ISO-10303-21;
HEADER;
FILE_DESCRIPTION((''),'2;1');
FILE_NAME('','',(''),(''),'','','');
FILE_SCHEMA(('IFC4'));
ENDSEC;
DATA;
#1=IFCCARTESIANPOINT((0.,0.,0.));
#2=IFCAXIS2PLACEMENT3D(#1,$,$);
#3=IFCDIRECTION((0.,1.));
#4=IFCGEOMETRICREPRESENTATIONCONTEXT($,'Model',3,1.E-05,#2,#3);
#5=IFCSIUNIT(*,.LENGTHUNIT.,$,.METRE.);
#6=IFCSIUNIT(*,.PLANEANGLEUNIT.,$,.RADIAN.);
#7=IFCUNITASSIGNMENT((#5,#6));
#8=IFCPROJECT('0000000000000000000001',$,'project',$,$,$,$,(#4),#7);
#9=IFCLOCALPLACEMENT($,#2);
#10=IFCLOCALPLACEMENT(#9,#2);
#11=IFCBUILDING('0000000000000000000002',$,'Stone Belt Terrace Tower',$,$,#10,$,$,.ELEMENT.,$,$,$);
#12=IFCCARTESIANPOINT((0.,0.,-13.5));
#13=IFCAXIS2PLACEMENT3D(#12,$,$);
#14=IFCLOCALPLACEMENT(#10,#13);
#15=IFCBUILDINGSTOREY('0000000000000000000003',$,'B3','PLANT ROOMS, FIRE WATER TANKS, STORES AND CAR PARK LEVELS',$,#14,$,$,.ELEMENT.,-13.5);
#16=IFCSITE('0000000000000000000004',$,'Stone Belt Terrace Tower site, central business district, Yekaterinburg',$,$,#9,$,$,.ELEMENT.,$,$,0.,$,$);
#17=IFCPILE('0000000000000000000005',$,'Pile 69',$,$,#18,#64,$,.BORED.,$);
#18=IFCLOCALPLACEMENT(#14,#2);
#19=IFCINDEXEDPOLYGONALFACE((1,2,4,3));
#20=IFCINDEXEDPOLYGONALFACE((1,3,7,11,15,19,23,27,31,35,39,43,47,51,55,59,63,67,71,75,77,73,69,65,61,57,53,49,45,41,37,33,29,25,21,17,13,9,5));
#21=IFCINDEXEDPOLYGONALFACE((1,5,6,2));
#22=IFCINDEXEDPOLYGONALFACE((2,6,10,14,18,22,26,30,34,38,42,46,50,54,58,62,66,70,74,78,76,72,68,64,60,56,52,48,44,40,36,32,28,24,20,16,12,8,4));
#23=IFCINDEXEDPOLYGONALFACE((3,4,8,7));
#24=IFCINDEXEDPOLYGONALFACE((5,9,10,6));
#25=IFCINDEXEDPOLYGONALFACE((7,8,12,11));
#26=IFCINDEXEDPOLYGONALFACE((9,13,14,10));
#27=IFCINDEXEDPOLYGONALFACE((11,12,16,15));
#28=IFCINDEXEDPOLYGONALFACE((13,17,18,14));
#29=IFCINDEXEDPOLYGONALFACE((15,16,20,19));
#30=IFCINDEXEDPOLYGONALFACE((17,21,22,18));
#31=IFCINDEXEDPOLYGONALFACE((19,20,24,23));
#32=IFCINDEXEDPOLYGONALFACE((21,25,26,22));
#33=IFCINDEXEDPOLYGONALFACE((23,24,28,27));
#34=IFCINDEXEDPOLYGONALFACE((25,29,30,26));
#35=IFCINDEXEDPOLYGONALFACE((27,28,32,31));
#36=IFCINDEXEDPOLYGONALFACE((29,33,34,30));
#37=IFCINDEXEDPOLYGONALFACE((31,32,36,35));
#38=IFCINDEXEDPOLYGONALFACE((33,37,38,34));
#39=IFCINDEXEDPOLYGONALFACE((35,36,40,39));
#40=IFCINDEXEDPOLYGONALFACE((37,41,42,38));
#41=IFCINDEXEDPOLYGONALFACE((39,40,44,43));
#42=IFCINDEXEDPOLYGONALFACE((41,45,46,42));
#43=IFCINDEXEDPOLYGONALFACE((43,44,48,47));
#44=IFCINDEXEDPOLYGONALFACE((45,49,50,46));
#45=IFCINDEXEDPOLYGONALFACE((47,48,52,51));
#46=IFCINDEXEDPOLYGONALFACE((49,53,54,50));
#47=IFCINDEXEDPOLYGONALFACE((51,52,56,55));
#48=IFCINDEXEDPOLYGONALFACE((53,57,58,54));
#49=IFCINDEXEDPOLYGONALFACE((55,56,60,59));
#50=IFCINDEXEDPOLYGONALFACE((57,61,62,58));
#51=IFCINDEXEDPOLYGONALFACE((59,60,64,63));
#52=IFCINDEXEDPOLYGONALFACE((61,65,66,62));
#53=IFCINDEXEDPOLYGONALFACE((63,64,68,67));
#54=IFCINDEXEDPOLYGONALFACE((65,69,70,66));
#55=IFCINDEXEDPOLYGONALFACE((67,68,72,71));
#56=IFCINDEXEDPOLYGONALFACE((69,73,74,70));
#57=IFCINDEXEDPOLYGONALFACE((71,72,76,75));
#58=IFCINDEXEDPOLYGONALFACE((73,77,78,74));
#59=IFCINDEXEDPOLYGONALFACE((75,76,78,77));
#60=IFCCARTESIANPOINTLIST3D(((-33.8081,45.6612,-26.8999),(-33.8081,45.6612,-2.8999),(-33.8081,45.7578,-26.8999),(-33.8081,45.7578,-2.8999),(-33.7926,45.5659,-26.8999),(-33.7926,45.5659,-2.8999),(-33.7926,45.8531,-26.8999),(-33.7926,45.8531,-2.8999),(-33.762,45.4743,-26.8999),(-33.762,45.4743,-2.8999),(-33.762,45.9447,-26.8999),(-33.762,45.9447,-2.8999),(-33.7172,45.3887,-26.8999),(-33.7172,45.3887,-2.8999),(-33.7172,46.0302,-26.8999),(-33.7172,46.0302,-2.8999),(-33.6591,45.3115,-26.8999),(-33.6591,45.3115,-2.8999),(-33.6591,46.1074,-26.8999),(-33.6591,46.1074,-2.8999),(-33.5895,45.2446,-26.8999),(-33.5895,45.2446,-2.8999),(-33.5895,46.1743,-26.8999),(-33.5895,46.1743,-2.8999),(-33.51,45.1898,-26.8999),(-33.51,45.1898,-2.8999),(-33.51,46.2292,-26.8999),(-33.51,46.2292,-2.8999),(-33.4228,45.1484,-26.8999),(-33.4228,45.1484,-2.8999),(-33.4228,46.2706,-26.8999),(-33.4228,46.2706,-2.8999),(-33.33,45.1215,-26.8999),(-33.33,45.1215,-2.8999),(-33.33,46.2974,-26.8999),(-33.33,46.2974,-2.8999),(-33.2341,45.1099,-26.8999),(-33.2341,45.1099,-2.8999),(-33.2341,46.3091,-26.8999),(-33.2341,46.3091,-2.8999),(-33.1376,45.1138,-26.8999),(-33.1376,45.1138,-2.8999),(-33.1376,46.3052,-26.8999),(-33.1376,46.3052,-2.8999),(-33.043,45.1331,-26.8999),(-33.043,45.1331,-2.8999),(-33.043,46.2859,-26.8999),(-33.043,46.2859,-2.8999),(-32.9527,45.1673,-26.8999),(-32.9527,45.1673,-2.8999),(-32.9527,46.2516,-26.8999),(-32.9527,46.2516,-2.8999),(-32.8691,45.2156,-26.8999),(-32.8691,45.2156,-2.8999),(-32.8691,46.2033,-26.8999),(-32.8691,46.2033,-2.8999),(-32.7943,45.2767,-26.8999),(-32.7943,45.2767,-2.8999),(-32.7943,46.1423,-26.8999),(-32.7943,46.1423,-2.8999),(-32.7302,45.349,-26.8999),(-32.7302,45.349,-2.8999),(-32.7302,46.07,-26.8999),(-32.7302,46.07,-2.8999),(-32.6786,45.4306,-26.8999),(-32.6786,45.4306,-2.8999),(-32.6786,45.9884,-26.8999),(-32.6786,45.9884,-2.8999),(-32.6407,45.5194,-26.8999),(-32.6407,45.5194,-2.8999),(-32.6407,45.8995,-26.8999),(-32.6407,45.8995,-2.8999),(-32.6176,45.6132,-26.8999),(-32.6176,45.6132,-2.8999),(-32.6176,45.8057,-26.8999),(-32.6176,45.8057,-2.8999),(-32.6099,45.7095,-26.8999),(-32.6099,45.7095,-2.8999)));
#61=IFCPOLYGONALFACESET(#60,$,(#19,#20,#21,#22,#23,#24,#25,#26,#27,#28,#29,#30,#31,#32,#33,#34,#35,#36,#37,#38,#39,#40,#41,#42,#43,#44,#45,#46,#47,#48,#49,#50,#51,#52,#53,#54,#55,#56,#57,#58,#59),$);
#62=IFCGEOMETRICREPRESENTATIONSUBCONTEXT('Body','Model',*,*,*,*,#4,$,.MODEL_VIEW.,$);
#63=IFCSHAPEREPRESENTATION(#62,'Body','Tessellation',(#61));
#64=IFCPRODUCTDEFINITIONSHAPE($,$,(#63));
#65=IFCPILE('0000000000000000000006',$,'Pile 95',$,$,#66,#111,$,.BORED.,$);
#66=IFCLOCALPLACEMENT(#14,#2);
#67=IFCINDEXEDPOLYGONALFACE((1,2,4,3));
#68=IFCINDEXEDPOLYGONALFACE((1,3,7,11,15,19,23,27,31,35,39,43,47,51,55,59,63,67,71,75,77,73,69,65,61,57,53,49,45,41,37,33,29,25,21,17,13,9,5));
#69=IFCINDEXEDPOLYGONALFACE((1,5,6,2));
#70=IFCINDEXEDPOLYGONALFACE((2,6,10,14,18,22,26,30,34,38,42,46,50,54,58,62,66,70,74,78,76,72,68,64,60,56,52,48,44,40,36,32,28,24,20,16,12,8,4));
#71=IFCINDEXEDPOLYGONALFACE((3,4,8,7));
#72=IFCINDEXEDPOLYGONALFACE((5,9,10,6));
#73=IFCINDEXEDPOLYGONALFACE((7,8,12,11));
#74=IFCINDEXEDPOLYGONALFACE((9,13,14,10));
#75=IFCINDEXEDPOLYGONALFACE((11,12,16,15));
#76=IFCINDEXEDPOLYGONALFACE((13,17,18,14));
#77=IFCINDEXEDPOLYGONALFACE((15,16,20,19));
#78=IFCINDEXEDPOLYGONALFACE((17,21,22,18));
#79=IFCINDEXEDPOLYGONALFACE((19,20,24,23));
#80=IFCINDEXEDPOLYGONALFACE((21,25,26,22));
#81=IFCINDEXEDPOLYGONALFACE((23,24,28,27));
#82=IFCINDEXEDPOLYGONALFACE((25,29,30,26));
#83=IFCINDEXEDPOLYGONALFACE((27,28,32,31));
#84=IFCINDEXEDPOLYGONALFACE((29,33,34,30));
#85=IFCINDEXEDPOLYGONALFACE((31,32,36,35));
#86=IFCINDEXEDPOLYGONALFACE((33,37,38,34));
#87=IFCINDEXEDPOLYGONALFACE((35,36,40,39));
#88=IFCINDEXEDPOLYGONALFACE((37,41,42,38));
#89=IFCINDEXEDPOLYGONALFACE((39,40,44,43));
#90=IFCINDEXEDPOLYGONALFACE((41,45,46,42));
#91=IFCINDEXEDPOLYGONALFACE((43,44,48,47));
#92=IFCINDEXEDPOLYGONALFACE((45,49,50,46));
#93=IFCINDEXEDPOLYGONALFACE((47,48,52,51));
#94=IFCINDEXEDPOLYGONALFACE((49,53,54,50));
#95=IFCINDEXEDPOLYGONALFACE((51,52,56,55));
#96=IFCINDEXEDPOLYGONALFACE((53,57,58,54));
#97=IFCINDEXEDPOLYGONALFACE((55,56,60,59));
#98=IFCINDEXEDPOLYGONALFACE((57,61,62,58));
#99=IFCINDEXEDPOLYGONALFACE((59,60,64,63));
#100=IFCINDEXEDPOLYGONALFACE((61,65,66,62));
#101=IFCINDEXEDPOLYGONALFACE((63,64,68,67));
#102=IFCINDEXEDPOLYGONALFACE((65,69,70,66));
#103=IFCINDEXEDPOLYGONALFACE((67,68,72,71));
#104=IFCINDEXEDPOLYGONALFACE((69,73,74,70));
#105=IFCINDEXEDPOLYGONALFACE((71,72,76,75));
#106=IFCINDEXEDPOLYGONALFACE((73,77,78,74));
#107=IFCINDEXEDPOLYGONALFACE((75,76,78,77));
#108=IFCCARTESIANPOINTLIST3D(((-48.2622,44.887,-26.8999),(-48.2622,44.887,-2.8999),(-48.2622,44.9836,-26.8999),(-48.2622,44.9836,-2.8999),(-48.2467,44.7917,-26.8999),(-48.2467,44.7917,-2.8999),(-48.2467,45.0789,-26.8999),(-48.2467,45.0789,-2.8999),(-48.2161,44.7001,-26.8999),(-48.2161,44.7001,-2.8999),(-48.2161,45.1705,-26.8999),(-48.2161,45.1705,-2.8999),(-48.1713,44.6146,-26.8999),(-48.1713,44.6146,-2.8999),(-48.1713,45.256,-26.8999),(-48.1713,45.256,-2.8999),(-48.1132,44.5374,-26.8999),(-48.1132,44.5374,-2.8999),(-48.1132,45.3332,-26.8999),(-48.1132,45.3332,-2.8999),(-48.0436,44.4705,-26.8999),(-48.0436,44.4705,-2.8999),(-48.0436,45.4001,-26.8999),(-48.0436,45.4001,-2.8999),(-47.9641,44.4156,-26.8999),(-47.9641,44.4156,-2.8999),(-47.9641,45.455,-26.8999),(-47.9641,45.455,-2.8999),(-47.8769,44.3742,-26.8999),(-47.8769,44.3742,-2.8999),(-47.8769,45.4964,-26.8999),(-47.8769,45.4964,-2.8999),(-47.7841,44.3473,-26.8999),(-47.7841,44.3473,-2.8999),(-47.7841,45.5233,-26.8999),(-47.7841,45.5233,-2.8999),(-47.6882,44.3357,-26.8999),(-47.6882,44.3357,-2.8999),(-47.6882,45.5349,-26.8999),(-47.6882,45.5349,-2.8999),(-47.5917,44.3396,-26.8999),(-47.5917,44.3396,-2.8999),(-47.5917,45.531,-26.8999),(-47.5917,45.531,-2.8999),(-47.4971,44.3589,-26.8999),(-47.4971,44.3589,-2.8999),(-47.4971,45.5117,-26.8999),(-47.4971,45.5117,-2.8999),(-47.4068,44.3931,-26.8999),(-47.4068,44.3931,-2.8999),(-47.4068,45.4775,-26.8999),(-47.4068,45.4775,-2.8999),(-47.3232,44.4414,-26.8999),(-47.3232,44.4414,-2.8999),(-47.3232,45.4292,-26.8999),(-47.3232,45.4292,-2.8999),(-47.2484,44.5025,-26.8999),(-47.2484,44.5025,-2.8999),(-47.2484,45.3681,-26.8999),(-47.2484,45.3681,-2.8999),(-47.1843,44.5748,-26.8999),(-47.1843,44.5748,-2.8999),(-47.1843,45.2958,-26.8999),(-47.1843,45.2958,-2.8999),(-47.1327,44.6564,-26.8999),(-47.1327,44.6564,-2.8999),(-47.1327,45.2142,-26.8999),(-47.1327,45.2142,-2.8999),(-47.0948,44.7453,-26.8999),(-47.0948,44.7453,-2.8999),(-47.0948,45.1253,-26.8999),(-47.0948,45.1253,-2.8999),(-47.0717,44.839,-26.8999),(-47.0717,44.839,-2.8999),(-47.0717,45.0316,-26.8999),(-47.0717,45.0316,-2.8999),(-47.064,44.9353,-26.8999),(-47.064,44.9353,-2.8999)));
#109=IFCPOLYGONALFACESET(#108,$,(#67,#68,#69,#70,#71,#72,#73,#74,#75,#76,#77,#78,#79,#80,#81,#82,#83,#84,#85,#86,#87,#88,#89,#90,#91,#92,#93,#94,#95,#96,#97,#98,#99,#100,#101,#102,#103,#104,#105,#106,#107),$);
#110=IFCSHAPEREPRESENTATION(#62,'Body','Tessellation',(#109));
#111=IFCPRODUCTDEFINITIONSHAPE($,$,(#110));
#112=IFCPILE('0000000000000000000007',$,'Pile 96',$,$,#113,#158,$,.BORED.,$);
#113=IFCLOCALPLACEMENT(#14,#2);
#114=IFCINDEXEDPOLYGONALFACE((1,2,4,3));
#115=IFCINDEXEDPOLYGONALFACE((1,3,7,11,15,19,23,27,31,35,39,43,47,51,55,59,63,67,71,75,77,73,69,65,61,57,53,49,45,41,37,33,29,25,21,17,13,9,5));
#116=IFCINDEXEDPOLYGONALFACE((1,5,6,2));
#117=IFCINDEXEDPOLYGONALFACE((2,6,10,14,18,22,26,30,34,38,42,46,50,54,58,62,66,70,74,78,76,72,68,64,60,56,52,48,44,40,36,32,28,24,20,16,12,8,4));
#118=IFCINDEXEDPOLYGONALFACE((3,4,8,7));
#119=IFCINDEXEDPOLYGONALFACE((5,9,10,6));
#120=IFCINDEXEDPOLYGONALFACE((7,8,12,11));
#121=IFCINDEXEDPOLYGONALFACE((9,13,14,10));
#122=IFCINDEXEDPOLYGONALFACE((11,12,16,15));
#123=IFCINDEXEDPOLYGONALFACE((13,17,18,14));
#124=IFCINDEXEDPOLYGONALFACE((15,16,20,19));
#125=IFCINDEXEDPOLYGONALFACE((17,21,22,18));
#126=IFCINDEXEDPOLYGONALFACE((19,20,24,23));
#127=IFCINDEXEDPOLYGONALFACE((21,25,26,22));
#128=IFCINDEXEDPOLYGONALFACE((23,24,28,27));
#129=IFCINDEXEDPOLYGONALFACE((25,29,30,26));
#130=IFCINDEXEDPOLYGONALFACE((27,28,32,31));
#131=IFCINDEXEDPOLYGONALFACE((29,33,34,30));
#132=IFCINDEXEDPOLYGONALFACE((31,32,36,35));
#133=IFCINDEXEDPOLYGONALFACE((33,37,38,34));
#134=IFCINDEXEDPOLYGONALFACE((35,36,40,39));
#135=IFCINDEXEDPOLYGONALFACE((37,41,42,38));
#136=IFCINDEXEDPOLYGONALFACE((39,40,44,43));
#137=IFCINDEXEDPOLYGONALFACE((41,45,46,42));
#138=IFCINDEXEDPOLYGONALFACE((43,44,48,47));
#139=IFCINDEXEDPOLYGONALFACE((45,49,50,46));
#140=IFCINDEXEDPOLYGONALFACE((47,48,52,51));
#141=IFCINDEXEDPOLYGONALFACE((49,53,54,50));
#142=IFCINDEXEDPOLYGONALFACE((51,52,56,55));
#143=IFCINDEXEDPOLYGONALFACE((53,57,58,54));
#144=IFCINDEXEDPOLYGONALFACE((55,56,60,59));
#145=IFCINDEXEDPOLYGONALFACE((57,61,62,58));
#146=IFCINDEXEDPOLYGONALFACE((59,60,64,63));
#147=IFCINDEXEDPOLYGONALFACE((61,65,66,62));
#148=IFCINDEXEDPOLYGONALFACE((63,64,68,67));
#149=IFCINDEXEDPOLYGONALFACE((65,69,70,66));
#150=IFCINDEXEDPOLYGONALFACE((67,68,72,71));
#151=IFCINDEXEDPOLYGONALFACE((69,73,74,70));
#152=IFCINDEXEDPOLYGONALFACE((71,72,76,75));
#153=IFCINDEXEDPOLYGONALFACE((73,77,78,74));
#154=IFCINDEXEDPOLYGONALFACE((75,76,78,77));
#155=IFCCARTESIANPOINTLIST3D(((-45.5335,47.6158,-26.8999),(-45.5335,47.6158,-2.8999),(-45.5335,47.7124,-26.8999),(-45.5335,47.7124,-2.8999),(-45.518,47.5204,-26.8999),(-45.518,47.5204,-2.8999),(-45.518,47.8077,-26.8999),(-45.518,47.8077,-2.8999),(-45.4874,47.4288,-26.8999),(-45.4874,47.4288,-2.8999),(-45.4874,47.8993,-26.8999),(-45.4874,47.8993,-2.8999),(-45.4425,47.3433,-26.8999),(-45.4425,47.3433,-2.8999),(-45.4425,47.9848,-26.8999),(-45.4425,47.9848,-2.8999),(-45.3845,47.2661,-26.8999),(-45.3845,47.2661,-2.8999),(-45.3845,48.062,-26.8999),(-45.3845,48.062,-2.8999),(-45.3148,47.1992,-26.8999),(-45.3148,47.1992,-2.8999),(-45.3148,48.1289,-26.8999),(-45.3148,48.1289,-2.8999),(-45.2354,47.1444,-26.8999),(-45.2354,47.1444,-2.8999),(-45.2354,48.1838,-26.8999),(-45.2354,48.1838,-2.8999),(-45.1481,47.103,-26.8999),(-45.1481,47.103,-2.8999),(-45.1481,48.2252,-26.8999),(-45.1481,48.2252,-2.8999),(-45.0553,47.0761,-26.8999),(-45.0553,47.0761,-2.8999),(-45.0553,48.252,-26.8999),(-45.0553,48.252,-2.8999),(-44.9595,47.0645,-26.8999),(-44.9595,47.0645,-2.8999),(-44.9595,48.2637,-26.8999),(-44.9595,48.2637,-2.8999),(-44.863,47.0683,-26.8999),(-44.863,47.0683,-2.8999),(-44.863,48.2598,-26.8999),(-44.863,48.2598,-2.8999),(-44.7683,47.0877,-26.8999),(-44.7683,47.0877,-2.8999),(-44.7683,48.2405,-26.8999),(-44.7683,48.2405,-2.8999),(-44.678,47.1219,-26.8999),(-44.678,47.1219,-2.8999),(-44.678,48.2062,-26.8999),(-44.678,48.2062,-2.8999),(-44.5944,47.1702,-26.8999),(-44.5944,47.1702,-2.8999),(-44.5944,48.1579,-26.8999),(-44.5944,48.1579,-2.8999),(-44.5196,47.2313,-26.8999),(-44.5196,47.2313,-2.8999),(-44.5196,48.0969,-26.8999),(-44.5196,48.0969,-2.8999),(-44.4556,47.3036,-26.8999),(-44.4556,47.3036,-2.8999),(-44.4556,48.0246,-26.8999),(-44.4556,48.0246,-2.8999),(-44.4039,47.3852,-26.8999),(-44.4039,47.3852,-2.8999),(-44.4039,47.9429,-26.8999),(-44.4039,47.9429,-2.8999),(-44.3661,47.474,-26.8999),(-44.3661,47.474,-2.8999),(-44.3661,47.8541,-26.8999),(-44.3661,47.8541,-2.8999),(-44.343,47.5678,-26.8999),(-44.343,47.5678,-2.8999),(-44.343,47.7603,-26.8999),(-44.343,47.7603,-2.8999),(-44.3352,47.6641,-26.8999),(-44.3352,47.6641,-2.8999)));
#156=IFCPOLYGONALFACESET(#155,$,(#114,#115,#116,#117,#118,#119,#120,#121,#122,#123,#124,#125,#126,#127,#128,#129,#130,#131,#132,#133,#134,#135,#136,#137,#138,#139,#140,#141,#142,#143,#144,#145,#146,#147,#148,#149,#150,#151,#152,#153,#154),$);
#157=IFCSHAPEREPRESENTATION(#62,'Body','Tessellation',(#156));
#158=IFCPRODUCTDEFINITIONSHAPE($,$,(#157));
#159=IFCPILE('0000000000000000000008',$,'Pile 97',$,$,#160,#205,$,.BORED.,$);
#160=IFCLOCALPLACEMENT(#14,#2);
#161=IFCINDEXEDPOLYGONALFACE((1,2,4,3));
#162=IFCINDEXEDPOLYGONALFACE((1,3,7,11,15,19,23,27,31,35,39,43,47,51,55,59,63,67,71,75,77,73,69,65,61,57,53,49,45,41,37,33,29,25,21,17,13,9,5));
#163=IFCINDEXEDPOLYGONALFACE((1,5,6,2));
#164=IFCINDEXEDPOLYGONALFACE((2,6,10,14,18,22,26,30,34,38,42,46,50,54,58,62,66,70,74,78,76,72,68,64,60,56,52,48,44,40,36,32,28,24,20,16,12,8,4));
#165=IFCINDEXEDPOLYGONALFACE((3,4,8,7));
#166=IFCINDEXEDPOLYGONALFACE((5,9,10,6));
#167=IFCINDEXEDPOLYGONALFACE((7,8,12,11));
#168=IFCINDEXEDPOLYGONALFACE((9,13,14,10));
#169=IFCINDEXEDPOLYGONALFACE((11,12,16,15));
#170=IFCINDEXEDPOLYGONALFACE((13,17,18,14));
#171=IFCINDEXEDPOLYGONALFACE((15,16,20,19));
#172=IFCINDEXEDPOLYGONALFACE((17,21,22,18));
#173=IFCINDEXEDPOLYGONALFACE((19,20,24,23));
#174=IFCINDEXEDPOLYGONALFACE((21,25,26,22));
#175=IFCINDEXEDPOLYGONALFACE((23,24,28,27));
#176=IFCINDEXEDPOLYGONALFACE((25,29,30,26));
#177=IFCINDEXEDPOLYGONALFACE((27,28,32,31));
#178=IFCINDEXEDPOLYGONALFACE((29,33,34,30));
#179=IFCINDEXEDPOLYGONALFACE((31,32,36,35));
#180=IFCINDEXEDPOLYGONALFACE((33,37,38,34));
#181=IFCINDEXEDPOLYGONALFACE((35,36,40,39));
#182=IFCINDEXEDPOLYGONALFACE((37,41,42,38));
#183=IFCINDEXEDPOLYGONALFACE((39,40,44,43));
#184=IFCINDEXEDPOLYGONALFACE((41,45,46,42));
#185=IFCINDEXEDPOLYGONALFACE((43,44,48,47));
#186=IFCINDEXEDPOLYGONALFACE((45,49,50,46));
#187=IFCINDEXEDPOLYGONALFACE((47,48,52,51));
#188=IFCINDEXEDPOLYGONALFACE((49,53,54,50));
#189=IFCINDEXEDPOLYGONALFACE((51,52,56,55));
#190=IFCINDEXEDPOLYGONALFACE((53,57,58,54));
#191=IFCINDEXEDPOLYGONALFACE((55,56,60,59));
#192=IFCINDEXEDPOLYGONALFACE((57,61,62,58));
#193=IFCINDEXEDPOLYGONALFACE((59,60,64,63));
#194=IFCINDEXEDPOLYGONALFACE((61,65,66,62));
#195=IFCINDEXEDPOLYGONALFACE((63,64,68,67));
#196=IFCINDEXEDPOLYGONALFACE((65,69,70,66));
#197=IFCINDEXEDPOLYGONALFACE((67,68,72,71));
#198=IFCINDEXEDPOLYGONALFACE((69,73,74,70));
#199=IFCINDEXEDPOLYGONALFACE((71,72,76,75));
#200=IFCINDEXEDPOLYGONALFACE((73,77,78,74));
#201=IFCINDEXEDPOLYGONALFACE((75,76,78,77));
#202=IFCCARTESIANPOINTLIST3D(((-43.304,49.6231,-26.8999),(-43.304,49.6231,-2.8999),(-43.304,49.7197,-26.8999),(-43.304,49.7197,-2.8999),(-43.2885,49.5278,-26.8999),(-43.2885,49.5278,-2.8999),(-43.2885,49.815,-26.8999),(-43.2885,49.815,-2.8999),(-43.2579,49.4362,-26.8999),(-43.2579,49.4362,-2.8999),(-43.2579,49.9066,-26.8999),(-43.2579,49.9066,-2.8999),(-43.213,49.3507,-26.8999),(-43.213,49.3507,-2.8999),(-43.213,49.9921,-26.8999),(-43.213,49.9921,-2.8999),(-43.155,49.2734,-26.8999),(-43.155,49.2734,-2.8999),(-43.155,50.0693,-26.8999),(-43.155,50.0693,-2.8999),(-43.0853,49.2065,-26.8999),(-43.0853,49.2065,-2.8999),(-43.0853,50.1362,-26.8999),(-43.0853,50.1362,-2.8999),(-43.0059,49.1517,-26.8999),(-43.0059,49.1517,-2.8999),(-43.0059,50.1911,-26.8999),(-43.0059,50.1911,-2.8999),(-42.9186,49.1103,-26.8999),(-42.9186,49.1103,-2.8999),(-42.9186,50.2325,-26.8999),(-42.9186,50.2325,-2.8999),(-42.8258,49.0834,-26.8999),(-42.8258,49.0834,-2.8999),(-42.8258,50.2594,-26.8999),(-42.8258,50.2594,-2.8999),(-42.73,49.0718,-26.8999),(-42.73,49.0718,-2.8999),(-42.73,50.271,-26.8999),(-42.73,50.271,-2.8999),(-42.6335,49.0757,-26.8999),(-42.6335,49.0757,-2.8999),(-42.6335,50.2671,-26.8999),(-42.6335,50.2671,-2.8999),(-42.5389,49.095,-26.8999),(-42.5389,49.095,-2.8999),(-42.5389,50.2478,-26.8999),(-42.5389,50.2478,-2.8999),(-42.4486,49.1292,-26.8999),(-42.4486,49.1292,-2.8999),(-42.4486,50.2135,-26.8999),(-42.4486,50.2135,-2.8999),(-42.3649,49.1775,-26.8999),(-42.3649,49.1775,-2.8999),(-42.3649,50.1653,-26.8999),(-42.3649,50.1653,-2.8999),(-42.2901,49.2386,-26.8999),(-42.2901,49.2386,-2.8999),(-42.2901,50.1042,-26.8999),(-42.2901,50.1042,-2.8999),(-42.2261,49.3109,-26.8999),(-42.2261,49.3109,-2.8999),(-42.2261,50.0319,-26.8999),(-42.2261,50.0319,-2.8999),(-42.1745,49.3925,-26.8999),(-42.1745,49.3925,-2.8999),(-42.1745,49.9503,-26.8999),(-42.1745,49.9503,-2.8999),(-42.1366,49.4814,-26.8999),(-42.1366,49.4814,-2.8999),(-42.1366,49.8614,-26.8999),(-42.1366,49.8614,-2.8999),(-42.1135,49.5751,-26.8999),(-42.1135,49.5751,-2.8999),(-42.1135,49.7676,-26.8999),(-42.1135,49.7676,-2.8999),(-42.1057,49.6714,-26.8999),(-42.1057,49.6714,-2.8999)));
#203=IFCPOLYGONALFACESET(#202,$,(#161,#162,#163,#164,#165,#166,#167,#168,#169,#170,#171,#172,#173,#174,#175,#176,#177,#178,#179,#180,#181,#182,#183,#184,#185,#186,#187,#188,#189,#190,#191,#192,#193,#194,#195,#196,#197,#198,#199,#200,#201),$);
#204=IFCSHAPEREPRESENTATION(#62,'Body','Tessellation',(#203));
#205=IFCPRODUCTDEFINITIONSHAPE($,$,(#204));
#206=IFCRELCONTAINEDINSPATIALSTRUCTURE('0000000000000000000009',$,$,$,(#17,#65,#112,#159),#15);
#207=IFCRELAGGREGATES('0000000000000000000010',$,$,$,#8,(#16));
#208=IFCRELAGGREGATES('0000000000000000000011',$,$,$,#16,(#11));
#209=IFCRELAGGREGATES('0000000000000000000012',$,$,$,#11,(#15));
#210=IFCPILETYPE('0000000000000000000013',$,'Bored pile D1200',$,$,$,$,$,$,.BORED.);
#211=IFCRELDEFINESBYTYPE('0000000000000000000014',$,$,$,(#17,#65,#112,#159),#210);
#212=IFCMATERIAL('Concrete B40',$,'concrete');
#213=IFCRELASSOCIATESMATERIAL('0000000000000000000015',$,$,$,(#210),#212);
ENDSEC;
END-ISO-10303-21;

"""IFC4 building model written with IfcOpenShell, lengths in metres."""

from ifc_helpers import new_model, si_unit, direction, frame, origin, origin_2d, place, context, subcontext, project, spatial, circle, extrude, material, material_profile, profile_set, type_object, element, save


model = new_model("IFC4")

# Units and contexts
model_context = context("Model", 3, precision=1e-05, world=origin(), true_north=direction((0.0, 1.0)))
body_context = subcontext(model_context, "Body", "Model", "MODEL_VIEW")
ifc_project = project(units=[si_unit("LENGTHUNIT", "METRE"), si_unit("PLANEANGLEUNIT", "RADIAN")], contexts=[model_context])

# Site, building, storey
site_placement = place(None, origin())
site = spatial("IfcSite", under=ifc_project, at=site_placement, Name="Stone Belt Terrace Tower site, central business district, Yekaterinburg", CompositionType="ELEMENT", RefElevation=0.0)
building_placement = place(site_placement, origin())
building = spatial("IfcBuilding", under=site, at=building_placement, Name="Stone Belt Terrace Tower", CompositionType="ELEMENT")
storey_placement = place(building_placement, frame((0.0, 0.0, -13.5)))
storey = spatial("IfcBuildingStorey", under=building, at=storey_placement, Name="B3", Description="PLANT ROOMS, FIRE WATER TANKS, STORES AND CAR PARK LEVELS", CompositionType="ELEMENT", Elevation=-13.5)

# Piles
ifc_material_1 = material(Name="Concrete B40", Category="concrete")
ifc_material_profile_1 = material_profile(ifc_material_1, circle(Radius=0.6001, at=origin_2d()), Name="PILE D1200")
ifc_profile_set_1 = profile_set([ifc_material_profile_1], Name="Concrete B40")
pile_type = type_object("IfcPileType", Name="Bored pile D1200", PredefinedType="BORED", material=ifc_profile_set_1)
for number, where, z_axis, x_axis, name in (
    (1, (-33.21, 45.7095, -2.8999), (0.0, 0.0, -1.0), (1.0, 0.0, 0.0), "Pile 69"),
    (2, (-47.6641, 44.9353, -2.8999), (0.0, 0.0, -1.0), (1.0, 0.0, 0.0), "Pile 95"),
    (3, (-44.9353, 47.6641, -2.8999), (0.0, 0.0, -1.0), (1.0, 0.0, 0.0), "Pile 96"),
    (4, (-42.7058, 49.6714, -2.8999), (0.0, 0.0, -1.0), (1.0, 0.0, 0.0), "Pile 97"),
):
    element("IfcPile", number, at=place(storey_placement, frame(where, z_axis=z_axis, x_axis=x_axis)), inside=storey, type_object=pile_type, Name=name, PredefinedType="BORED", context=body_context, shape_type="SweptSolid", body=[
        extrude(circle(Radius=0.6001, at=origin_2d()), origin(), (0.0, 0.0, 1.0), 24.0),
    ])

save(model, "model.ifc")
